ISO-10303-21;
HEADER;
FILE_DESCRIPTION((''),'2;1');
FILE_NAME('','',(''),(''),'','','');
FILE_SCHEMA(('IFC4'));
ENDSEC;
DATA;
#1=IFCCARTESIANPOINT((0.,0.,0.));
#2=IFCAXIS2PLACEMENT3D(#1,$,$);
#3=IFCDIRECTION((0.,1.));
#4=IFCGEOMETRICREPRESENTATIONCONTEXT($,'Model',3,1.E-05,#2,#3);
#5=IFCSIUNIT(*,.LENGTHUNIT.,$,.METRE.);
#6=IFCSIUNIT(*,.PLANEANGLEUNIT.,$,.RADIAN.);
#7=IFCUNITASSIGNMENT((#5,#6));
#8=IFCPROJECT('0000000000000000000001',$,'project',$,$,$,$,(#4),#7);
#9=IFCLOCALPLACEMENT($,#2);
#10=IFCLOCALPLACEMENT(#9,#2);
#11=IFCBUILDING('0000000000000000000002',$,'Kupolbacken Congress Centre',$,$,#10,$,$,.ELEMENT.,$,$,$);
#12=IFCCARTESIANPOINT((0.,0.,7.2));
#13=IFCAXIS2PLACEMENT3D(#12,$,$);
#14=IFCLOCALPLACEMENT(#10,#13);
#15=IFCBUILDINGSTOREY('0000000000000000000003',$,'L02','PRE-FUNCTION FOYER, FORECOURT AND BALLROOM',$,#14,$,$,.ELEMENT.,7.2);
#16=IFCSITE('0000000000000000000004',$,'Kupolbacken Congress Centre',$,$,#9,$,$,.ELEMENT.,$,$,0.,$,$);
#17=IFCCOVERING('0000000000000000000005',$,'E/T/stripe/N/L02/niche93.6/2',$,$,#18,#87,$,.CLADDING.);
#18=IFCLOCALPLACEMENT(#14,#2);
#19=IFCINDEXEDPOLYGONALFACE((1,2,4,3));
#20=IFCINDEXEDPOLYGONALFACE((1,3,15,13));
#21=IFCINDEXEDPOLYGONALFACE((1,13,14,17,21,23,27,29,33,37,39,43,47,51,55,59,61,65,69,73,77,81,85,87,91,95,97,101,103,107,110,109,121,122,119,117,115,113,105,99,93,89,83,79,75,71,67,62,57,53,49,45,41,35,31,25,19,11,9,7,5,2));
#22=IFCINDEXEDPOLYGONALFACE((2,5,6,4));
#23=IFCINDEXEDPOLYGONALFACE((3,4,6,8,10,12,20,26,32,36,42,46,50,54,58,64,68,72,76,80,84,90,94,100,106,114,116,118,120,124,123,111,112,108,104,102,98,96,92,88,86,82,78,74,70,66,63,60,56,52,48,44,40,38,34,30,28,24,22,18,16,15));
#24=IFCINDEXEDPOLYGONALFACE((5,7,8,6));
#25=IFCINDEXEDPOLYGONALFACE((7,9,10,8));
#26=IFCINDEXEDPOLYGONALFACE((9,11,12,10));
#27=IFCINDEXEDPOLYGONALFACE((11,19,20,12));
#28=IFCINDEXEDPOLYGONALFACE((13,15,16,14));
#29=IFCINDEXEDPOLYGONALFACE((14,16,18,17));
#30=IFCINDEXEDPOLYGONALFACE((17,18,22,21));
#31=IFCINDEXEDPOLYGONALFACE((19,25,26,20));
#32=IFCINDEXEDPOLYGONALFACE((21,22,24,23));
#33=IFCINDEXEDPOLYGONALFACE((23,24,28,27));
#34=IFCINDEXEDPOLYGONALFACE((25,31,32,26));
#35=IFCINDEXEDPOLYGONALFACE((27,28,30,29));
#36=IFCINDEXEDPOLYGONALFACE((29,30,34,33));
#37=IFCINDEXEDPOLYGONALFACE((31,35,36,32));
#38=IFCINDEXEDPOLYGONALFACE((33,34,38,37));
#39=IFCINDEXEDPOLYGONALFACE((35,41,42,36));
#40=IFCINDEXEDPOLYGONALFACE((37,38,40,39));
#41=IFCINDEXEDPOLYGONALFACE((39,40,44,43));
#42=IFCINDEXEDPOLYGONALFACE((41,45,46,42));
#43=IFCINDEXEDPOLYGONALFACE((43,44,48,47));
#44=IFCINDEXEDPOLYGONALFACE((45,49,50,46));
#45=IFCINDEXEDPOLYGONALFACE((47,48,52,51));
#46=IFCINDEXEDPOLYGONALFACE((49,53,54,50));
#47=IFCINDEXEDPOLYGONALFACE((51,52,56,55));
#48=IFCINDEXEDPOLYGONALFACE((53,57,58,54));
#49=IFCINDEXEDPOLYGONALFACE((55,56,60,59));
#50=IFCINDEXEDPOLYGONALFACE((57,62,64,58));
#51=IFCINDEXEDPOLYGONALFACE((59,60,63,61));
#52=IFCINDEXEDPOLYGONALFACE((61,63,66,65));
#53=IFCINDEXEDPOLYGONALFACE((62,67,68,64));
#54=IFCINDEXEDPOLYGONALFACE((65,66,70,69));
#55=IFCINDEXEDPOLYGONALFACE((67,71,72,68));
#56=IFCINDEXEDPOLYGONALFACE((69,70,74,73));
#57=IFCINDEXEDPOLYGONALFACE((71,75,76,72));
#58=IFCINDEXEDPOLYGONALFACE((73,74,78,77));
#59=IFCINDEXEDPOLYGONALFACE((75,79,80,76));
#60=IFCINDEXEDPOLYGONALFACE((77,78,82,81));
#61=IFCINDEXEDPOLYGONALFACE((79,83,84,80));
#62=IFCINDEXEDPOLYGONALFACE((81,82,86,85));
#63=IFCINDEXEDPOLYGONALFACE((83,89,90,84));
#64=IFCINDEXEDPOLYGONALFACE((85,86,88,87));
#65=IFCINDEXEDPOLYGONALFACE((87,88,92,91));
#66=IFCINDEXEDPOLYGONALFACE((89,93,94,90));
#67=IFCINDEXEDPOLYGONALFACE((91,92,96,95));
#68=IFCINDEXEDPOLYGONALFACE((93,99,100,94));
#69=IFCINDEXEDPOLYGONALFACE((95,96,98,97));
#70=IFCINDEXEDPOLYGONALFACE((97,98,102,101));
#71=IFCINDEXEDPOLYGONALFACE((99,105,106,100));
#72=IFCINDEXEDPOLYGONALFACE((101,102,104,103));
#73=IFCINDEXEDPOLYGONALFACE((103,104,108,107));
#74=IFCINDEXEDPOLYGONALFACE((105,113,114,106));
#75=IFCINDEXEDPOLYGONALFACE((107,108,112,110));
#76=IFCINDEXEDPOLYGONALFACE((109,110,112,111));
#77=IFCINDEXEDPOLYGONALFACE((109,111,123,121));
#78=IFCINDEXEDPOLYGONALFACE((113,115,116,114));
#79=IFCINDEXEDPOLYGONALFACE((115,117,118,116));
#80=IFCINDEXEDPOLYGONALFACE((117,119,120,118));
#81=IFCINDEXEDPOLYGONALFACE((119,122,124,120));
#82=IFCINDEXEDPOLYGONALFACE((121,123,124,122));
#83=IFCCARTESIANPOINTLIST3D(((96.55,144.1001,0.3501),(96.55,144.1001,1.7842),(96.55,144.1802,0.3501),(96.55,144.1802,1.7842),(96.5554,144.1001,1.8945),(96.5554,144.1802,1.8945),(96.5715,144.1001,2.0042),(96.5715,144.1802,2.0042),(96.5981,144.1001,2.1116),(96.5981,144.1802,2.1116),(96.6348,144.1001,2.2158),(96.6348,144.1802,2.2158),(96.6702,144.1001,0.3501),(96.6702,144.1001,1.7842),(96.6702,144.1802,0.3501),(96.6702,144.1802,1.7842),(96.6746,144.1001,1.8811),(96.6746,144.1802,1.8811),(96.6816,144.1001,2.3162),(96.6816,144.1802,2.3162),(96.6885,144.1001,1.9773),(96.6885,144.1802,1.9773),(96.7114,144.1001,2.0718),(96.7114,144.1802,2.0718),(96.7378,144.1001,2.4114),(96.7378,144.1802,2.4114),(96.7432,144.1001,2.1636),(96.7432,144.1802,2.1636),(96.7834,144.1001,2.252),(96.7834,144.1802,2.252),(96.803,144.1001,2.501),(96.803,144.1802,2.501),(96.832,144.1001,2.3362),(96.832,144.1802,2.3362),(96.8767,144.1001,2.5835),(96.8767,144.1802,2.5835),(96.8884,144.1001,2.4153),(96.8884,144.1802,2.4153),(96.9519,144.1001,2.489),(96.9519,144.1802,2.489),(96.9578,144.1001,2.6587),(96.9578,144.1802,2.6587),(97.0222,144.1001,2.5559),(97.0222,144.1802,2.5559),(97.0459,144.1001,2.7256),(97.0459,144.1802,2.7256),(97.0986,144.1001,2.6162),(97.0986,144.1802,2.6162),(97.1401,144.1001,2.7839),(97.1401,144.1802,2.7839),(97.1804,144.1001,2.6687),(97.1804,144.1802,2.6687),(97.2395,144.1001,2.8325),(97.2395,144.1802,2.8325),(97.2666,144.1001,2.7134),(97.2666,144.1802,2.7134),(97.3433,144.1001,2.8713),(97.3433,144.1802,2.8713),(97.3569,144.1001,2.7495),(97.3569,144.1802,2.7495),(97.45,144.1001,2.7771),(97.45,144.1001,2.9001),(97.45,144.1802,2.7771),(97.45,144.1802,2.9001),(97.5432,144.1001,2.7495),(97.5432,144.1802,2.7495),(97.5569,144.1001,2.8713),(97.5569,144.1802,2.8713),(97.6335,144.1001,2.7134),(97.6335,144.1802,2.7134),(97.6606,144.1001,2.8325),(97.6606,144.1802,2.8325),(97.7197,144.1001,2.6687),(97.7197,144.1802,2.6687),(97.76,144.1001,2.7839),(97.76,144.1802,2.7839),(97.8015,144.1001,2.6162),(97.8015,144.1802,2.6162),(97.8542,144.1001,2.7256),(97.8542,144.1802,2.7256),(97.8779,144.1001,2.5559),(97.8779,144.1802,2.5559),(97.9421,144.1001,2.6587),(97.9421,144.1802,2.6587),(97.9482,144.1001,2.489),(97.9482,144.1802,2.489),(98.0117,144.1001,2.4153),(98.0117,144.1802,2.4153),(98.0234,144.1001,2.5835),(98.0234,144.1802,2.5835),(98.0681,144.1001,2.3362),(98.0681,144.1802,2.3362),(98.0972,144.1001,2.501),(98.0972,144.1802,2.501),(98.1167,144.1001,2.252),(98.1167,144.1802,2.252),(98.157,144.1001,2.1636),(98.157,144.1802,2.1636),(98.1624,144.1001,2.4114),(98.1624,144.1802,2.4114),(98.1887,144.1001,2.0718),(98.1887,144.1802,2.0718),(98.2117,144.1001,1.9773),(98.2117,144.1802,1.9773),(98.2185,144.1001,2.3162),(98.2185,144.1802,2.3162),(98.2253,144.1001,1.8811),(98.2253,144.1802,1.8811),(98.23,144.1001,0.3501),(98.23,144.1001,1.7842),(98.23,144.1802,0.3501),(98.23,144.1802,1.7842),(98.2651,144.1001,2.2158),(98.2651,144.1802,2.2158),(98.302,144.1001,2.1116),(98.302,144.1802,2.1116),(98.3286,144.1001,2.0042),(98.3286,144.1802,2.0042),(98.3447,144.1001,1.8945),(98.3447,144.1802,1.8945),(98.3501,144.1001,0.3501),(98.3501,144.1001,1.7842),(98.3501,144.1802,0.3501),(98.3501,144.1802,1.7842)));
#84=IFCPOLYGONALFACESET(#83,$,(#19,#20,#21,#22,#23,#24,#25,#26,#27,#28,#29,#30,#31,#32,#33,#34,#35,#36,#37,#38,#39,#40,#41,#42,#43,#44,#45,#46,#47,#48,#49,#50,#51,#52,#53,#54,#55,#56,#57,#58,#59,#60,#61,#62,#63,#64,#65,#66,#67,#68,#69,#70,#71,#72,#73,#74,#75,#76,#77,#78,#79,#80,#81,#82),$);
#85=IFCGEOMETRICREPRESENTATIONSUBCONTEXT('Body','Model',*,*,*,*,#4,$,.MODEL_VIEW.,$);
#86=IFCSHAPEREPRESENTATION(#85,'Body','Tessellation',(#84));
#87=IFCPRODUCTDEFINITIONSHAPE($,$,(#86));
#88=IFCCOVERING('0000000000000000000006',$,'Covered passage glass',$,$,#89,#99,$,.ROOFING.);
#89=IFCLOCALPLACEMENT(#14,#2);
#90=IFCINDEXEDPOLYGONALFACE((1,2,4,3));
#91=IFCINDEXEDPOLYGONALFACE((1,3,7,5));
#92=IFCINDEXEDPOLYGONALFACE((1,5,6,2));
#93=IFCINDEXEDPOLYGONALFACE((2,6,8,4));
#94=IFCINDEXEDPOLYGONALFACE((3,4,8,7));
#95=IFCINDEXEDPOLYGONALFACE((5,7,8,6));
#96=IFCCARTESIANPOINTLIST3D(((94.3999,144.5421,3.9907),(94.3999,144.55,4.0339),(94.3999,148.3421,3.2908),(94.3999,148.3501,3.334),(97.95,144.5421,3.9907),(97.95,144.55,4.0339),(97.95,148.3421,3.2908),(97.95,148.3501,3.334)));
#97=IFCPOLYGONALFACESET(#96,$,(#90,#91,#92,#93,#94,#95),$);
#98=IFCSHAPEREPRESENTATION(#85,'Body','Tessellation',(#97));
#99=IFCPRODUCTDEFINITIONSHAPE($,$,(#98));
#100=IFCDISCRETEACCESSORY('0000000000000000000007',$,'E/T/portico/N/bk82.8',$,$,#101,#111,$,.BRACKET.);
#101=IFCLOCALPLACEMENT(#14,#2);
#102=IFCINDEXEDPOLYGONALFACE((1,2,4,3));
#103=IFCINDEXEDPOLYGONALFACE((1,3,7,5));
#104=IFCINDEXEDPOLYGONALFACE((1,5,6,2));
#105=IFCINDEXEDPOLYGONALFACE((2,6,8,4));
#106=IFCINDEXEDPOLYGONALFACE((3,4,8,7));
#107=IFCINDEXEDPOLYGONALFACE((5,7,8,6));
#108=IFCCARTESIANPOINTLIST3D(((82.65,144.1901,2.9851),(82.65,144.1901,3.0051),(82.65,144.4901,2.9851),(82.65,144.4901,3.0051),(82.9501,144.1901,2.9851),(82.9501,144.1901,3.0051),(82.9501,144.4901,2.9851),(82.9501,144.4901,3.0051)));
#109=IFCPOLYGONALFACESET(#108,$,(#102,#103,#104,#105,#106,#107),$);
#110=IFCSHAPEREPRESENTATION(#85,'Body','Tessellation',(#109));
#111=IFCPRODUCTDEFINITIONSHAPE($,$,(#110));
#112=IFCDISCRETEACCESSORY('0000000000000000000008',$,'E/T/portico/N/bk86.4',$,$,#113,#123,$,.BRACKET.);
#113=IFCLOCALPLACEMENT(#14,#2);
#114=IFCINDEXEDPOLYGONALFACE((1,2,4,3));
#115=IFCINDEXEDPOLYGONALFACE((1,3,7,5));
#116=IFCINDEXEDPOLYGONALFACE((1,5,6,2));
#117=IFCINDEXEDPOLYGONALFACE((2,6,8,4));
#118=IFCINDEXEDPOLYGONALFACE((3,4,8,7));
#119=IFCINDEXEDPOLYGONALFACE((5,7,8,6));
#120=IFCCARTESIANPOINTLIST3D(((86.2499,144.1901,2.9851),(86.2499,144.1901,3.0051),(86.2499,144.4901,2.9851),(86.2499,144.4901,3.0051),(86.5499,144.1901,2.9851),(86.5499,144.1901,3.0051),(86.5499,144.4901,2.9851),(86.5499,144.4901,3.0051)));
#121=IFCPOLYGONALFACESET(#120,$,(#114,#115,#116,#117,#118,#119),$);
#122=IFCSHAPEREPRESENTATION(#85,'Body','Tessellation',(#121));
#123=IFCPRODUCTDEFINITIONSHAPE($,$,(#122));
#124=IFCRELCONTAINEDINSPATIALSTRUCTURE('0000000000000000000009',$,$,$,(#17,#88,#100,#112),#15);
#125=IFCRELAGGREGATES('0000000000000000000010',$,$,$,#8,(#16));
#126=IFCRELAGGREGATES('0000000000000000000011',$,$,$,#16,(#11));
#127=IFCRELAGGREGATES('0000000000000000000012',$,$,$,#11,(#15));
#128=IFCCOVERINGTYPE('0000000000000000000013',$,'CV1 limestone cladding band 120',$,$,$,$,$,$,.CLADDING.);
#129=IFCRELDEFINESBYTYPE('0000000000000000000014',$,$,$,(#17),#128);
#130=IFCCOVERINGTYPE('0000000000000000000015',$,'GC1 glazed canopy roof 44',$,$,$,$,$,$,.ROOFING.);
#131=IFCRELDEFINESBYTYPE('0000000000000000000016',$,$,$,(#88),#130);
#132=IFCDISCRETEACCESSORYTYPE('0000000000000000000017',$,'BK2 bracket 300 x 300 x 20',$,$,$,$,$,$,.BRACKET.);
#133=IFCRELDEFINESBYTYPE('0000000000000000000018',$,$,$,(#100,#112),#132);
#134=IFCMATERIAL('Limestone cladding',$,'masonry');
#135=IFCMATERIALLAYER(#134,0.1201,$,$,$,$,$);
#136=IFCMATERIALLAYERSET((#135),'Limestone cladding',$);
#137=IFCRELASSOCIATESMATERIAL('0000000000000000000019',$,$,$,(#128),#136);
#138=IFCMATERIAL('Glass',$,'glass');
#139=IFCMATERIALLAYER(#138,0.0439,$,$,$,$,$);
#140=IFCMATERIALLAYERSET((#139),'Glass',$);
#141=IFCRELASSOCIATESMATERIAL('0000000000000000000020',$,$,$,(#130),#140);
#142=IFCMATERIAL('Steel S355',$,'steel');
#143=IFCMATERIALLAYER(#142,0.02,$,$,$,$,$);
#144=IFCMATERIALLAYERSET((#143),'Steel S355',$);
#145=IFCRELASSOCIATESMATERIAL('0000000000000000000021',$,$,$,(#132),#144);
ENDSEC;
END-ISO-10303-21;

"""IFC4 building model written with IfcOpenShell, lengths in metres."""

from ifc_helpers import new_model, si_unit, direction, frame, origin, origin_2d, place, context, subcontext, project, spatial, polyline, rectangle, outline, extrude, material, layer, layer_set, type_object, element, save


model = new_model("IFC4")

# Units and contexts
model_context = context("Model", 3, precision=1e-05, world=origin(), true_north=direction((0.0, 1.0)))
body_context = subcontext(model_context, "Body", "Model", "MODEL_VIEW")
ifc_project = project(units=[si_unit("LENGTHUNIT", "METRE"), si_unit("PLANEANGLEUNIT", "RADIAN")], contexts=[model_context])

# Site, building, storey
site_placement = place(None, origin())
site = spatial("IfcSite", under=ifc_project, at=site_placement, Name="Kupolbacken Congress Centre", CompositionType="ELEMENT", RefElevation=0.0)
building_placement = place(site_placement, origin())
building = spatial("IfcBuilding", under=site, at=building_placement, Name="Kupolbacken Congress Centre", CompositionType="ELEMENT")
storey_placement = place(building_placement, frame((0.0, 0.0, 7.2)))
storey = spatial("IfcBuildingStorey", under=building, at=storey_placement, Name="L02", Description="PRE-FUNCTION FOYER, FORECOURT AND BALLROOM", CompositionType="ELEMENT", Elevation=7.2)

# Coverings
ifc_material_1 = material(Name="Limestone cladding", Category="masonry")
ifc_layer_1 = layer(ifc_material_1, 0.1201)
ifc_layer_set_1 = layer_set([ifc_layer_1], Name="Limestone cladding")
covering_type_1 = type_object("IfcCoveringType", Name="CV1 limestone cladding band 120", PredefinedType="CLADDING", material=ifc_layer_set_1)
covering_1_placement = place(storey_placement, frame((96.55, 144.1001, 0.3501), z_axis=(0.0, 1.0, 0.0), x_axis=(-1.0, 0.0, 0.0)))
element("IfcCovering", 1, at=covering_1_placement, inside=storey, type_object=covering_type_1, Name="E/T/stripe/N/L02/niche93.6/2", PredefinedType="CLADDING", context=body_context, shape_type="SweptSolid", body=[
    extrude(outline(polyline([(0.0, 0.0), (0.0, 1.4341), (-0.0054, 1.5444), (-0.0215, 1.6541), (-0.0481, 1.7615), (-0.0847, 1.8657), (-0.1316, 1.9661), (-0.1877, 2.0613), (-0.2529, 2.1509), (-0.3267, 2.2334), (-0.4077, 2.3086), (-0.4958, 2.3755), (-0.5901, 2.4338), (-0.6895, 2.4824), (-0.7932, 2.5212), (-0.8999, 2.55), (-1.0068, 2.5212), (-1.1106, 2.4824), (-1.21, 2.4338), (-1.3042, 2.3755), (-1.3921, 2.3086), (-1.4734, 2.2334), (-1.5471, 2.1509), (-1.6123, 2.0613), (-1.6685, 1.9661), (-1.7151, 1.8657), (-1.752, 1.7615), (-1.7786, 1.6541), (-1.7947, 1.5444), (-1.8, 1.4341), (-1.8, 0.0), (-1.6799, 0.0), (-1.6799, 1.4341), (-1.6753, 1.531), (-1.6616, 1.6272), (-1.6387, 1.7217), (-1.6069, 1.8135), (-1.5667, 1.9019), (-1.5181, 1.9861), (-1.4617, 2.0652), (-1.3982, 2.1389), (-1.3279, 2.2058), (-1.2515, 2.2661), (-1.1697, 2.3186), (-1.0835, 2.3633), (-0.9932, 2.3994), (-0.8999, 2.427), (-0.8069, 2.3994), (-0.7166, 2.3633), (-0.6304, 2.3186), (-0.5486, 2.2661), (-0.4722, 2.2058), (-0.4019, 2.1389), (-0.3384, 2.0652), (-0.282, 1.9861), (-0.2334, 1.9019), (-0.1931, 1.8135), (-0.1614, 1.7217), (-0.1384, 1.6272), (-0.1245, 1.531), (-0.1201, 1.4341), (-0.1201, 0.0), (0.0, 0.0)])), origin(), (0.0, 0.0, 1.0), 0.0801),
])
ifc_material_2 = material(Name="Glass", Category="glass")
ifc_layer_2 = layer(ifc_material_2, 0.0439)
ifc_layer_set_2 = layer_set([ifc_layer_2], Name="Glass")
covering_type_2 = type_object("IfcCoveringType", Name="GC1 glazed canopy roof 44", PredefinedType="ROOFING", material=ifc_layer_set_2)
covering_2_placement = place(storey_placement, frame((94.3999, 144.55, 4.0339), z_axis=(0.0, 0.181148, 0.983456), x_axis=(1.0, 0.0, 0.0)))
element("IfcCovering", 2, at=covering_2_placement, inside=storey, type_object=covering_type_2, Name="Covered passage glass", PredefinedType="ROOFING", context=body_context, shape_type="SweptSolid", body=[
    extrude(outline(polyline([(0.0, 0.0), (3.55, 0.0), (3.55, 3.864), (0.0, 3.864), (0.0, 0.0)])), origin(), (0.0, 0.0, -1.0), 0.0439),
])

# Discrete accessories
ifc_material_3 = material(Name="Steel S355", Category="steel")
ifc_layer_3 = layer(ifc_material_3, 0.02)
ifc_layer_set_3 = layer_set([ifc_layer_3], Name="Steel S355")
discrete_accessory_type = type_object("IfcDiscreteAccessoryType", Name="BK2 bracket 300 x 300 x 20", PredefinedType="BRACKET", material=ifc_layer_set_3)
for number, where, z_axis, x_axis, name in (
    (3, (82.8, 144.3401, 2.9851), (0.0, 0.0, 1.0), (1.0, 0.0, 0.0), "E/T/portico/N/bk82.8"),
    (4, (86.3999, 144.3401, 2.9851), (0.0, 0.0, 1.0), (1.0, 0.0, 0.0), "E/T/portico/N/bk86.4"),
):
    element("IfcDiscreteAccessory", number, at=place(storey_placement, frame(where, z_axis=z_axis, x_axis=x_axis)), inside=storey, type_object=discrete_accessory_type, Name=name, PredefinedType="BRACKET", context=body_context, shape_type="SweptSolid", body=[
        extrude(rectangle(XDim=0.3, YDim=0.3, at=origin_2d()), origin(), (0.0, 0.0, 1.0), 0.02),
    ])

save(model, "model.ifc")
